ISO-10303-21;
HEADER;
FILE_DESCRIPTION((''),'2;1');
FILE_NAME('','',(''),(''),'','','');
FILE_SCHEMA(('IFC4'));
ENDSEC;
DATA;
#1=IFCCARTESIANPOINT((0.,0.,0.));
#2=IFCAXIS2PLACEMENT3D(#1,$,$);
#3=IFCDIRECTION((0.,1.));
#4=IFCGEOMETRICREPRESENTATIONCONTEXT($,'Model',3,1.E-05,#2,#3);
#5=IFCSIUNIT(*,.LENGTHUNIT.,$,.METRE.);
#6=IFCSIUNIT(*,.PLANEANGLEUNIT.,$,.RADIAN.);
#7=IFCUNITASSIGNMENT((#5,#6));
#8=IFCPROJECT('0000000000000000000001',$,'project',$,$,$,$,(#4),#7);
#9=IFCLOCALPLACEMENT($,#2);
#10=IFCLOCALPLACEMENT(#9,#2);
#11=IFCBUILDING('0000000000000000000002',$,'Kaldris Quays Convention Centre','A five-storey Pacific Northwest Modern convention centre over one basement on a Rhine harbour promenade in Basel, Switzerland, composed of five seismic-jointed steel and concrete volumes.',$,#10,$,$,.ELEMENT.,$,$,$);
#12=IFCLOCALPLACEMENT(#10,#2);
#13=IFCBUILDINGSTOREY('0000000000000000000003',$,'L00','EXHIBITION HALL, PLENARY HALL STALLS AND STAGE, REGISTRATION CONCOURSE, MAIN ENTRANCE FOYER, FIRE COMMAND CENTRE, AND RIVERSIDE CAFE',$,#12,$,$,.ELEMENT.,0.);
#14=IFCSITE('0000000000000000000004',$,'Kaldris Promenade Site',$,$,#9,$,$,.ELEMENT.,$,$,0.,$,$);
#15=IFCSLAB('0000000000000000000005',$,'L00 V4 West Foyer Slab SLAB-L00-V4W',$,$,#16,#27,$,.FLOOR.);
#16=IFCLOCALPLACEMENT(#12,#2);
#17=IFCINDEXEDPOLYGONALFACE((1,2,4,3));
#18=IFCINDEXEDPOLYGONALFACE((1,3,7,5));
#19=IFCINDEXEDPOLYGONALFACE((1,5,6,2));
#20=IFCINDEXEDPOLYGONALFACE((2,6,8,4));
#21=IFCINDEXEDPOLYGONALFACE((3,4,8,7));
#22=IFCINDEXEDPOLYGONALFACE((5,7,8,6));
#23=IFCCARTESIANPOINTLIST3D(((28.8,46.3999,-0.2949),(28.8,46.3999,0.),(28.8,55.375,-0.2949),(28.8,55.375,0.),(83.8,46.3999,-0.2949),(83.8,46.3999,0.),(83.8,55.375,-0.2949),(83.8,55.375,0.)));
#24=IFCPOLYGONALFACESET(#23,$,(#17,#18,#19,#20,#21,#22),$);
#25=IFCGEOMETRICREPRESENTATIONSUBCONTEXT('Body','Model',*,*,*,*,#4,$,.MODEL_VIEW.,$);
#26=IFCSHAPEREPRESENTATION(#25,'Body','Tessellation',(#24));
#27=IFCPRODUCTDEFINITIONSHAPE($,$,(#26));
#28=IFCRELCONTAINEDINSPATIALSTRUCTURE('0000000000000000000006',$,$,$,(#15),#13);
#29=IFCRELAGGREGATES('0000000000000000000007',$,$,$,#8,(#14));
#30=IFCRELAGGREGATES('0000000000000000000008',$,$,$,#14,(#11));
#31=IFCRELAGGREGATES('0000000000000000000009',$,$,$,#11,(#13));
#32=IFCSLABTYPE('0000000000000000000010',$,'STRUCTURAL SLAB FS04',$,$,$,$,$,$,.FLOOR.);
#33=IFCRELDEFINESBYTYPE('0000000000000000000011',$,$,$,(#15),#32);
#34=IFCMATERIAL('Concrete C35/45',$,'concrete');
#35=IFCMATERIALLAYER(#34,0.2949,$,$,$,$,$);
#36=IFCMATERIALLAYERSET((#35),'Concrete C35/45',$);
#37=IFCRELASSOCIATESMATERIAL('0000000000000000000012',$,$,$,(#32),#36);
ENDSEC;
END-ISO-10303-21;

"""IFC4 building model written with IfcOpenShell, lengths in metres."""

from ifc_helpers import new_model, si_unit, direction, frame, origin, place, context, subcontext, project, spatial, polyline, outline, extrude, material, layer, layer_set, type_object, element, save


model = new_model("IFC4")

# Units and contexts
model_context = context("Model", 3, precision=1e-05, world=origin(), true_north=direction((0.0, 1.0)))
body_context = subcontext(model_context, "Body", "Model", "MODEL_VIEW")
ifc_project = project(units=[si_unit("LENGTHUNIT", "METRE"), si_unit("PLANEANGLEUNIT", "RADIAN")], contexts=[model_context])

# Site, building, storey
site_placement = place(None, origin())
site = spatial("IfcSite", under=ifc_project, at=site_placement, Name="Kaldris Promenade Site", CompositionType="ELEMENT", RefElevation=0.0)
building_placement = place(site_placement, origin())
building = spatial("IfcBuilding", under=site, at=building_placement, Name="Kaldris Quays Convention Centre", Description="A five-storey Pacific Northwest Modern convention centre over one basement on a Rhine harbour promenade in Basel, Switzerland, composed of five seismic-jointed steel and concrete volumes.", CompositionType="ELEMENT")
storey_placement = place(building_placement, origin())
storey = spatial("IfcBuildingStorey", under=building, at=storey_placement, Name="L00", Description="EXHIBITION HALL, PLENARY HALL STALLS AND STAGE, REGISTRATION CONCOURSE, MAIN ENTRANCE FOYER, FIRE COMMAND CENTRE, AND RIVERSIDE CAFE", CompositionType="ELEMENT", Elevation=0.0)

# Slab
ifc_material = material(Name="Concrete C35/45", Category="concrete")
ifc_layer_1 = layer(ifc_material, 0.2949)
ifc_layer_set_1 = layer_set([ifc_layer_1], Name="Concrete C35/45")
slab_type_1 = type_object("IfcSlabType", Name="STRUCTURAL SLAB FS04", PredefinedType="FLOOR", material=ifc_layer_set_1)
slab_1_placement = place(storey_placement, frame((0.0, 0.0, -0.2949)))
element("IfcSlab", 1, at=slab_1_placement, inside=storey, type_object=slab_type_1, Name="L00 V4 West Foyer Slab SLAB-L00-V4W", PredefinedType="FLOOR", context=body_context, shape_type="SweptSolid", body=[
    extrude(outline(polyline([(28.8, 46.3999), (28.8, 55.375), (83.8, 55.375), (83.8, 46.3999), (28.8, 46.3999)])), origin(), (0.0, 0.0, 1.0), 0.2949),
])

save(model, "model.ifc")
